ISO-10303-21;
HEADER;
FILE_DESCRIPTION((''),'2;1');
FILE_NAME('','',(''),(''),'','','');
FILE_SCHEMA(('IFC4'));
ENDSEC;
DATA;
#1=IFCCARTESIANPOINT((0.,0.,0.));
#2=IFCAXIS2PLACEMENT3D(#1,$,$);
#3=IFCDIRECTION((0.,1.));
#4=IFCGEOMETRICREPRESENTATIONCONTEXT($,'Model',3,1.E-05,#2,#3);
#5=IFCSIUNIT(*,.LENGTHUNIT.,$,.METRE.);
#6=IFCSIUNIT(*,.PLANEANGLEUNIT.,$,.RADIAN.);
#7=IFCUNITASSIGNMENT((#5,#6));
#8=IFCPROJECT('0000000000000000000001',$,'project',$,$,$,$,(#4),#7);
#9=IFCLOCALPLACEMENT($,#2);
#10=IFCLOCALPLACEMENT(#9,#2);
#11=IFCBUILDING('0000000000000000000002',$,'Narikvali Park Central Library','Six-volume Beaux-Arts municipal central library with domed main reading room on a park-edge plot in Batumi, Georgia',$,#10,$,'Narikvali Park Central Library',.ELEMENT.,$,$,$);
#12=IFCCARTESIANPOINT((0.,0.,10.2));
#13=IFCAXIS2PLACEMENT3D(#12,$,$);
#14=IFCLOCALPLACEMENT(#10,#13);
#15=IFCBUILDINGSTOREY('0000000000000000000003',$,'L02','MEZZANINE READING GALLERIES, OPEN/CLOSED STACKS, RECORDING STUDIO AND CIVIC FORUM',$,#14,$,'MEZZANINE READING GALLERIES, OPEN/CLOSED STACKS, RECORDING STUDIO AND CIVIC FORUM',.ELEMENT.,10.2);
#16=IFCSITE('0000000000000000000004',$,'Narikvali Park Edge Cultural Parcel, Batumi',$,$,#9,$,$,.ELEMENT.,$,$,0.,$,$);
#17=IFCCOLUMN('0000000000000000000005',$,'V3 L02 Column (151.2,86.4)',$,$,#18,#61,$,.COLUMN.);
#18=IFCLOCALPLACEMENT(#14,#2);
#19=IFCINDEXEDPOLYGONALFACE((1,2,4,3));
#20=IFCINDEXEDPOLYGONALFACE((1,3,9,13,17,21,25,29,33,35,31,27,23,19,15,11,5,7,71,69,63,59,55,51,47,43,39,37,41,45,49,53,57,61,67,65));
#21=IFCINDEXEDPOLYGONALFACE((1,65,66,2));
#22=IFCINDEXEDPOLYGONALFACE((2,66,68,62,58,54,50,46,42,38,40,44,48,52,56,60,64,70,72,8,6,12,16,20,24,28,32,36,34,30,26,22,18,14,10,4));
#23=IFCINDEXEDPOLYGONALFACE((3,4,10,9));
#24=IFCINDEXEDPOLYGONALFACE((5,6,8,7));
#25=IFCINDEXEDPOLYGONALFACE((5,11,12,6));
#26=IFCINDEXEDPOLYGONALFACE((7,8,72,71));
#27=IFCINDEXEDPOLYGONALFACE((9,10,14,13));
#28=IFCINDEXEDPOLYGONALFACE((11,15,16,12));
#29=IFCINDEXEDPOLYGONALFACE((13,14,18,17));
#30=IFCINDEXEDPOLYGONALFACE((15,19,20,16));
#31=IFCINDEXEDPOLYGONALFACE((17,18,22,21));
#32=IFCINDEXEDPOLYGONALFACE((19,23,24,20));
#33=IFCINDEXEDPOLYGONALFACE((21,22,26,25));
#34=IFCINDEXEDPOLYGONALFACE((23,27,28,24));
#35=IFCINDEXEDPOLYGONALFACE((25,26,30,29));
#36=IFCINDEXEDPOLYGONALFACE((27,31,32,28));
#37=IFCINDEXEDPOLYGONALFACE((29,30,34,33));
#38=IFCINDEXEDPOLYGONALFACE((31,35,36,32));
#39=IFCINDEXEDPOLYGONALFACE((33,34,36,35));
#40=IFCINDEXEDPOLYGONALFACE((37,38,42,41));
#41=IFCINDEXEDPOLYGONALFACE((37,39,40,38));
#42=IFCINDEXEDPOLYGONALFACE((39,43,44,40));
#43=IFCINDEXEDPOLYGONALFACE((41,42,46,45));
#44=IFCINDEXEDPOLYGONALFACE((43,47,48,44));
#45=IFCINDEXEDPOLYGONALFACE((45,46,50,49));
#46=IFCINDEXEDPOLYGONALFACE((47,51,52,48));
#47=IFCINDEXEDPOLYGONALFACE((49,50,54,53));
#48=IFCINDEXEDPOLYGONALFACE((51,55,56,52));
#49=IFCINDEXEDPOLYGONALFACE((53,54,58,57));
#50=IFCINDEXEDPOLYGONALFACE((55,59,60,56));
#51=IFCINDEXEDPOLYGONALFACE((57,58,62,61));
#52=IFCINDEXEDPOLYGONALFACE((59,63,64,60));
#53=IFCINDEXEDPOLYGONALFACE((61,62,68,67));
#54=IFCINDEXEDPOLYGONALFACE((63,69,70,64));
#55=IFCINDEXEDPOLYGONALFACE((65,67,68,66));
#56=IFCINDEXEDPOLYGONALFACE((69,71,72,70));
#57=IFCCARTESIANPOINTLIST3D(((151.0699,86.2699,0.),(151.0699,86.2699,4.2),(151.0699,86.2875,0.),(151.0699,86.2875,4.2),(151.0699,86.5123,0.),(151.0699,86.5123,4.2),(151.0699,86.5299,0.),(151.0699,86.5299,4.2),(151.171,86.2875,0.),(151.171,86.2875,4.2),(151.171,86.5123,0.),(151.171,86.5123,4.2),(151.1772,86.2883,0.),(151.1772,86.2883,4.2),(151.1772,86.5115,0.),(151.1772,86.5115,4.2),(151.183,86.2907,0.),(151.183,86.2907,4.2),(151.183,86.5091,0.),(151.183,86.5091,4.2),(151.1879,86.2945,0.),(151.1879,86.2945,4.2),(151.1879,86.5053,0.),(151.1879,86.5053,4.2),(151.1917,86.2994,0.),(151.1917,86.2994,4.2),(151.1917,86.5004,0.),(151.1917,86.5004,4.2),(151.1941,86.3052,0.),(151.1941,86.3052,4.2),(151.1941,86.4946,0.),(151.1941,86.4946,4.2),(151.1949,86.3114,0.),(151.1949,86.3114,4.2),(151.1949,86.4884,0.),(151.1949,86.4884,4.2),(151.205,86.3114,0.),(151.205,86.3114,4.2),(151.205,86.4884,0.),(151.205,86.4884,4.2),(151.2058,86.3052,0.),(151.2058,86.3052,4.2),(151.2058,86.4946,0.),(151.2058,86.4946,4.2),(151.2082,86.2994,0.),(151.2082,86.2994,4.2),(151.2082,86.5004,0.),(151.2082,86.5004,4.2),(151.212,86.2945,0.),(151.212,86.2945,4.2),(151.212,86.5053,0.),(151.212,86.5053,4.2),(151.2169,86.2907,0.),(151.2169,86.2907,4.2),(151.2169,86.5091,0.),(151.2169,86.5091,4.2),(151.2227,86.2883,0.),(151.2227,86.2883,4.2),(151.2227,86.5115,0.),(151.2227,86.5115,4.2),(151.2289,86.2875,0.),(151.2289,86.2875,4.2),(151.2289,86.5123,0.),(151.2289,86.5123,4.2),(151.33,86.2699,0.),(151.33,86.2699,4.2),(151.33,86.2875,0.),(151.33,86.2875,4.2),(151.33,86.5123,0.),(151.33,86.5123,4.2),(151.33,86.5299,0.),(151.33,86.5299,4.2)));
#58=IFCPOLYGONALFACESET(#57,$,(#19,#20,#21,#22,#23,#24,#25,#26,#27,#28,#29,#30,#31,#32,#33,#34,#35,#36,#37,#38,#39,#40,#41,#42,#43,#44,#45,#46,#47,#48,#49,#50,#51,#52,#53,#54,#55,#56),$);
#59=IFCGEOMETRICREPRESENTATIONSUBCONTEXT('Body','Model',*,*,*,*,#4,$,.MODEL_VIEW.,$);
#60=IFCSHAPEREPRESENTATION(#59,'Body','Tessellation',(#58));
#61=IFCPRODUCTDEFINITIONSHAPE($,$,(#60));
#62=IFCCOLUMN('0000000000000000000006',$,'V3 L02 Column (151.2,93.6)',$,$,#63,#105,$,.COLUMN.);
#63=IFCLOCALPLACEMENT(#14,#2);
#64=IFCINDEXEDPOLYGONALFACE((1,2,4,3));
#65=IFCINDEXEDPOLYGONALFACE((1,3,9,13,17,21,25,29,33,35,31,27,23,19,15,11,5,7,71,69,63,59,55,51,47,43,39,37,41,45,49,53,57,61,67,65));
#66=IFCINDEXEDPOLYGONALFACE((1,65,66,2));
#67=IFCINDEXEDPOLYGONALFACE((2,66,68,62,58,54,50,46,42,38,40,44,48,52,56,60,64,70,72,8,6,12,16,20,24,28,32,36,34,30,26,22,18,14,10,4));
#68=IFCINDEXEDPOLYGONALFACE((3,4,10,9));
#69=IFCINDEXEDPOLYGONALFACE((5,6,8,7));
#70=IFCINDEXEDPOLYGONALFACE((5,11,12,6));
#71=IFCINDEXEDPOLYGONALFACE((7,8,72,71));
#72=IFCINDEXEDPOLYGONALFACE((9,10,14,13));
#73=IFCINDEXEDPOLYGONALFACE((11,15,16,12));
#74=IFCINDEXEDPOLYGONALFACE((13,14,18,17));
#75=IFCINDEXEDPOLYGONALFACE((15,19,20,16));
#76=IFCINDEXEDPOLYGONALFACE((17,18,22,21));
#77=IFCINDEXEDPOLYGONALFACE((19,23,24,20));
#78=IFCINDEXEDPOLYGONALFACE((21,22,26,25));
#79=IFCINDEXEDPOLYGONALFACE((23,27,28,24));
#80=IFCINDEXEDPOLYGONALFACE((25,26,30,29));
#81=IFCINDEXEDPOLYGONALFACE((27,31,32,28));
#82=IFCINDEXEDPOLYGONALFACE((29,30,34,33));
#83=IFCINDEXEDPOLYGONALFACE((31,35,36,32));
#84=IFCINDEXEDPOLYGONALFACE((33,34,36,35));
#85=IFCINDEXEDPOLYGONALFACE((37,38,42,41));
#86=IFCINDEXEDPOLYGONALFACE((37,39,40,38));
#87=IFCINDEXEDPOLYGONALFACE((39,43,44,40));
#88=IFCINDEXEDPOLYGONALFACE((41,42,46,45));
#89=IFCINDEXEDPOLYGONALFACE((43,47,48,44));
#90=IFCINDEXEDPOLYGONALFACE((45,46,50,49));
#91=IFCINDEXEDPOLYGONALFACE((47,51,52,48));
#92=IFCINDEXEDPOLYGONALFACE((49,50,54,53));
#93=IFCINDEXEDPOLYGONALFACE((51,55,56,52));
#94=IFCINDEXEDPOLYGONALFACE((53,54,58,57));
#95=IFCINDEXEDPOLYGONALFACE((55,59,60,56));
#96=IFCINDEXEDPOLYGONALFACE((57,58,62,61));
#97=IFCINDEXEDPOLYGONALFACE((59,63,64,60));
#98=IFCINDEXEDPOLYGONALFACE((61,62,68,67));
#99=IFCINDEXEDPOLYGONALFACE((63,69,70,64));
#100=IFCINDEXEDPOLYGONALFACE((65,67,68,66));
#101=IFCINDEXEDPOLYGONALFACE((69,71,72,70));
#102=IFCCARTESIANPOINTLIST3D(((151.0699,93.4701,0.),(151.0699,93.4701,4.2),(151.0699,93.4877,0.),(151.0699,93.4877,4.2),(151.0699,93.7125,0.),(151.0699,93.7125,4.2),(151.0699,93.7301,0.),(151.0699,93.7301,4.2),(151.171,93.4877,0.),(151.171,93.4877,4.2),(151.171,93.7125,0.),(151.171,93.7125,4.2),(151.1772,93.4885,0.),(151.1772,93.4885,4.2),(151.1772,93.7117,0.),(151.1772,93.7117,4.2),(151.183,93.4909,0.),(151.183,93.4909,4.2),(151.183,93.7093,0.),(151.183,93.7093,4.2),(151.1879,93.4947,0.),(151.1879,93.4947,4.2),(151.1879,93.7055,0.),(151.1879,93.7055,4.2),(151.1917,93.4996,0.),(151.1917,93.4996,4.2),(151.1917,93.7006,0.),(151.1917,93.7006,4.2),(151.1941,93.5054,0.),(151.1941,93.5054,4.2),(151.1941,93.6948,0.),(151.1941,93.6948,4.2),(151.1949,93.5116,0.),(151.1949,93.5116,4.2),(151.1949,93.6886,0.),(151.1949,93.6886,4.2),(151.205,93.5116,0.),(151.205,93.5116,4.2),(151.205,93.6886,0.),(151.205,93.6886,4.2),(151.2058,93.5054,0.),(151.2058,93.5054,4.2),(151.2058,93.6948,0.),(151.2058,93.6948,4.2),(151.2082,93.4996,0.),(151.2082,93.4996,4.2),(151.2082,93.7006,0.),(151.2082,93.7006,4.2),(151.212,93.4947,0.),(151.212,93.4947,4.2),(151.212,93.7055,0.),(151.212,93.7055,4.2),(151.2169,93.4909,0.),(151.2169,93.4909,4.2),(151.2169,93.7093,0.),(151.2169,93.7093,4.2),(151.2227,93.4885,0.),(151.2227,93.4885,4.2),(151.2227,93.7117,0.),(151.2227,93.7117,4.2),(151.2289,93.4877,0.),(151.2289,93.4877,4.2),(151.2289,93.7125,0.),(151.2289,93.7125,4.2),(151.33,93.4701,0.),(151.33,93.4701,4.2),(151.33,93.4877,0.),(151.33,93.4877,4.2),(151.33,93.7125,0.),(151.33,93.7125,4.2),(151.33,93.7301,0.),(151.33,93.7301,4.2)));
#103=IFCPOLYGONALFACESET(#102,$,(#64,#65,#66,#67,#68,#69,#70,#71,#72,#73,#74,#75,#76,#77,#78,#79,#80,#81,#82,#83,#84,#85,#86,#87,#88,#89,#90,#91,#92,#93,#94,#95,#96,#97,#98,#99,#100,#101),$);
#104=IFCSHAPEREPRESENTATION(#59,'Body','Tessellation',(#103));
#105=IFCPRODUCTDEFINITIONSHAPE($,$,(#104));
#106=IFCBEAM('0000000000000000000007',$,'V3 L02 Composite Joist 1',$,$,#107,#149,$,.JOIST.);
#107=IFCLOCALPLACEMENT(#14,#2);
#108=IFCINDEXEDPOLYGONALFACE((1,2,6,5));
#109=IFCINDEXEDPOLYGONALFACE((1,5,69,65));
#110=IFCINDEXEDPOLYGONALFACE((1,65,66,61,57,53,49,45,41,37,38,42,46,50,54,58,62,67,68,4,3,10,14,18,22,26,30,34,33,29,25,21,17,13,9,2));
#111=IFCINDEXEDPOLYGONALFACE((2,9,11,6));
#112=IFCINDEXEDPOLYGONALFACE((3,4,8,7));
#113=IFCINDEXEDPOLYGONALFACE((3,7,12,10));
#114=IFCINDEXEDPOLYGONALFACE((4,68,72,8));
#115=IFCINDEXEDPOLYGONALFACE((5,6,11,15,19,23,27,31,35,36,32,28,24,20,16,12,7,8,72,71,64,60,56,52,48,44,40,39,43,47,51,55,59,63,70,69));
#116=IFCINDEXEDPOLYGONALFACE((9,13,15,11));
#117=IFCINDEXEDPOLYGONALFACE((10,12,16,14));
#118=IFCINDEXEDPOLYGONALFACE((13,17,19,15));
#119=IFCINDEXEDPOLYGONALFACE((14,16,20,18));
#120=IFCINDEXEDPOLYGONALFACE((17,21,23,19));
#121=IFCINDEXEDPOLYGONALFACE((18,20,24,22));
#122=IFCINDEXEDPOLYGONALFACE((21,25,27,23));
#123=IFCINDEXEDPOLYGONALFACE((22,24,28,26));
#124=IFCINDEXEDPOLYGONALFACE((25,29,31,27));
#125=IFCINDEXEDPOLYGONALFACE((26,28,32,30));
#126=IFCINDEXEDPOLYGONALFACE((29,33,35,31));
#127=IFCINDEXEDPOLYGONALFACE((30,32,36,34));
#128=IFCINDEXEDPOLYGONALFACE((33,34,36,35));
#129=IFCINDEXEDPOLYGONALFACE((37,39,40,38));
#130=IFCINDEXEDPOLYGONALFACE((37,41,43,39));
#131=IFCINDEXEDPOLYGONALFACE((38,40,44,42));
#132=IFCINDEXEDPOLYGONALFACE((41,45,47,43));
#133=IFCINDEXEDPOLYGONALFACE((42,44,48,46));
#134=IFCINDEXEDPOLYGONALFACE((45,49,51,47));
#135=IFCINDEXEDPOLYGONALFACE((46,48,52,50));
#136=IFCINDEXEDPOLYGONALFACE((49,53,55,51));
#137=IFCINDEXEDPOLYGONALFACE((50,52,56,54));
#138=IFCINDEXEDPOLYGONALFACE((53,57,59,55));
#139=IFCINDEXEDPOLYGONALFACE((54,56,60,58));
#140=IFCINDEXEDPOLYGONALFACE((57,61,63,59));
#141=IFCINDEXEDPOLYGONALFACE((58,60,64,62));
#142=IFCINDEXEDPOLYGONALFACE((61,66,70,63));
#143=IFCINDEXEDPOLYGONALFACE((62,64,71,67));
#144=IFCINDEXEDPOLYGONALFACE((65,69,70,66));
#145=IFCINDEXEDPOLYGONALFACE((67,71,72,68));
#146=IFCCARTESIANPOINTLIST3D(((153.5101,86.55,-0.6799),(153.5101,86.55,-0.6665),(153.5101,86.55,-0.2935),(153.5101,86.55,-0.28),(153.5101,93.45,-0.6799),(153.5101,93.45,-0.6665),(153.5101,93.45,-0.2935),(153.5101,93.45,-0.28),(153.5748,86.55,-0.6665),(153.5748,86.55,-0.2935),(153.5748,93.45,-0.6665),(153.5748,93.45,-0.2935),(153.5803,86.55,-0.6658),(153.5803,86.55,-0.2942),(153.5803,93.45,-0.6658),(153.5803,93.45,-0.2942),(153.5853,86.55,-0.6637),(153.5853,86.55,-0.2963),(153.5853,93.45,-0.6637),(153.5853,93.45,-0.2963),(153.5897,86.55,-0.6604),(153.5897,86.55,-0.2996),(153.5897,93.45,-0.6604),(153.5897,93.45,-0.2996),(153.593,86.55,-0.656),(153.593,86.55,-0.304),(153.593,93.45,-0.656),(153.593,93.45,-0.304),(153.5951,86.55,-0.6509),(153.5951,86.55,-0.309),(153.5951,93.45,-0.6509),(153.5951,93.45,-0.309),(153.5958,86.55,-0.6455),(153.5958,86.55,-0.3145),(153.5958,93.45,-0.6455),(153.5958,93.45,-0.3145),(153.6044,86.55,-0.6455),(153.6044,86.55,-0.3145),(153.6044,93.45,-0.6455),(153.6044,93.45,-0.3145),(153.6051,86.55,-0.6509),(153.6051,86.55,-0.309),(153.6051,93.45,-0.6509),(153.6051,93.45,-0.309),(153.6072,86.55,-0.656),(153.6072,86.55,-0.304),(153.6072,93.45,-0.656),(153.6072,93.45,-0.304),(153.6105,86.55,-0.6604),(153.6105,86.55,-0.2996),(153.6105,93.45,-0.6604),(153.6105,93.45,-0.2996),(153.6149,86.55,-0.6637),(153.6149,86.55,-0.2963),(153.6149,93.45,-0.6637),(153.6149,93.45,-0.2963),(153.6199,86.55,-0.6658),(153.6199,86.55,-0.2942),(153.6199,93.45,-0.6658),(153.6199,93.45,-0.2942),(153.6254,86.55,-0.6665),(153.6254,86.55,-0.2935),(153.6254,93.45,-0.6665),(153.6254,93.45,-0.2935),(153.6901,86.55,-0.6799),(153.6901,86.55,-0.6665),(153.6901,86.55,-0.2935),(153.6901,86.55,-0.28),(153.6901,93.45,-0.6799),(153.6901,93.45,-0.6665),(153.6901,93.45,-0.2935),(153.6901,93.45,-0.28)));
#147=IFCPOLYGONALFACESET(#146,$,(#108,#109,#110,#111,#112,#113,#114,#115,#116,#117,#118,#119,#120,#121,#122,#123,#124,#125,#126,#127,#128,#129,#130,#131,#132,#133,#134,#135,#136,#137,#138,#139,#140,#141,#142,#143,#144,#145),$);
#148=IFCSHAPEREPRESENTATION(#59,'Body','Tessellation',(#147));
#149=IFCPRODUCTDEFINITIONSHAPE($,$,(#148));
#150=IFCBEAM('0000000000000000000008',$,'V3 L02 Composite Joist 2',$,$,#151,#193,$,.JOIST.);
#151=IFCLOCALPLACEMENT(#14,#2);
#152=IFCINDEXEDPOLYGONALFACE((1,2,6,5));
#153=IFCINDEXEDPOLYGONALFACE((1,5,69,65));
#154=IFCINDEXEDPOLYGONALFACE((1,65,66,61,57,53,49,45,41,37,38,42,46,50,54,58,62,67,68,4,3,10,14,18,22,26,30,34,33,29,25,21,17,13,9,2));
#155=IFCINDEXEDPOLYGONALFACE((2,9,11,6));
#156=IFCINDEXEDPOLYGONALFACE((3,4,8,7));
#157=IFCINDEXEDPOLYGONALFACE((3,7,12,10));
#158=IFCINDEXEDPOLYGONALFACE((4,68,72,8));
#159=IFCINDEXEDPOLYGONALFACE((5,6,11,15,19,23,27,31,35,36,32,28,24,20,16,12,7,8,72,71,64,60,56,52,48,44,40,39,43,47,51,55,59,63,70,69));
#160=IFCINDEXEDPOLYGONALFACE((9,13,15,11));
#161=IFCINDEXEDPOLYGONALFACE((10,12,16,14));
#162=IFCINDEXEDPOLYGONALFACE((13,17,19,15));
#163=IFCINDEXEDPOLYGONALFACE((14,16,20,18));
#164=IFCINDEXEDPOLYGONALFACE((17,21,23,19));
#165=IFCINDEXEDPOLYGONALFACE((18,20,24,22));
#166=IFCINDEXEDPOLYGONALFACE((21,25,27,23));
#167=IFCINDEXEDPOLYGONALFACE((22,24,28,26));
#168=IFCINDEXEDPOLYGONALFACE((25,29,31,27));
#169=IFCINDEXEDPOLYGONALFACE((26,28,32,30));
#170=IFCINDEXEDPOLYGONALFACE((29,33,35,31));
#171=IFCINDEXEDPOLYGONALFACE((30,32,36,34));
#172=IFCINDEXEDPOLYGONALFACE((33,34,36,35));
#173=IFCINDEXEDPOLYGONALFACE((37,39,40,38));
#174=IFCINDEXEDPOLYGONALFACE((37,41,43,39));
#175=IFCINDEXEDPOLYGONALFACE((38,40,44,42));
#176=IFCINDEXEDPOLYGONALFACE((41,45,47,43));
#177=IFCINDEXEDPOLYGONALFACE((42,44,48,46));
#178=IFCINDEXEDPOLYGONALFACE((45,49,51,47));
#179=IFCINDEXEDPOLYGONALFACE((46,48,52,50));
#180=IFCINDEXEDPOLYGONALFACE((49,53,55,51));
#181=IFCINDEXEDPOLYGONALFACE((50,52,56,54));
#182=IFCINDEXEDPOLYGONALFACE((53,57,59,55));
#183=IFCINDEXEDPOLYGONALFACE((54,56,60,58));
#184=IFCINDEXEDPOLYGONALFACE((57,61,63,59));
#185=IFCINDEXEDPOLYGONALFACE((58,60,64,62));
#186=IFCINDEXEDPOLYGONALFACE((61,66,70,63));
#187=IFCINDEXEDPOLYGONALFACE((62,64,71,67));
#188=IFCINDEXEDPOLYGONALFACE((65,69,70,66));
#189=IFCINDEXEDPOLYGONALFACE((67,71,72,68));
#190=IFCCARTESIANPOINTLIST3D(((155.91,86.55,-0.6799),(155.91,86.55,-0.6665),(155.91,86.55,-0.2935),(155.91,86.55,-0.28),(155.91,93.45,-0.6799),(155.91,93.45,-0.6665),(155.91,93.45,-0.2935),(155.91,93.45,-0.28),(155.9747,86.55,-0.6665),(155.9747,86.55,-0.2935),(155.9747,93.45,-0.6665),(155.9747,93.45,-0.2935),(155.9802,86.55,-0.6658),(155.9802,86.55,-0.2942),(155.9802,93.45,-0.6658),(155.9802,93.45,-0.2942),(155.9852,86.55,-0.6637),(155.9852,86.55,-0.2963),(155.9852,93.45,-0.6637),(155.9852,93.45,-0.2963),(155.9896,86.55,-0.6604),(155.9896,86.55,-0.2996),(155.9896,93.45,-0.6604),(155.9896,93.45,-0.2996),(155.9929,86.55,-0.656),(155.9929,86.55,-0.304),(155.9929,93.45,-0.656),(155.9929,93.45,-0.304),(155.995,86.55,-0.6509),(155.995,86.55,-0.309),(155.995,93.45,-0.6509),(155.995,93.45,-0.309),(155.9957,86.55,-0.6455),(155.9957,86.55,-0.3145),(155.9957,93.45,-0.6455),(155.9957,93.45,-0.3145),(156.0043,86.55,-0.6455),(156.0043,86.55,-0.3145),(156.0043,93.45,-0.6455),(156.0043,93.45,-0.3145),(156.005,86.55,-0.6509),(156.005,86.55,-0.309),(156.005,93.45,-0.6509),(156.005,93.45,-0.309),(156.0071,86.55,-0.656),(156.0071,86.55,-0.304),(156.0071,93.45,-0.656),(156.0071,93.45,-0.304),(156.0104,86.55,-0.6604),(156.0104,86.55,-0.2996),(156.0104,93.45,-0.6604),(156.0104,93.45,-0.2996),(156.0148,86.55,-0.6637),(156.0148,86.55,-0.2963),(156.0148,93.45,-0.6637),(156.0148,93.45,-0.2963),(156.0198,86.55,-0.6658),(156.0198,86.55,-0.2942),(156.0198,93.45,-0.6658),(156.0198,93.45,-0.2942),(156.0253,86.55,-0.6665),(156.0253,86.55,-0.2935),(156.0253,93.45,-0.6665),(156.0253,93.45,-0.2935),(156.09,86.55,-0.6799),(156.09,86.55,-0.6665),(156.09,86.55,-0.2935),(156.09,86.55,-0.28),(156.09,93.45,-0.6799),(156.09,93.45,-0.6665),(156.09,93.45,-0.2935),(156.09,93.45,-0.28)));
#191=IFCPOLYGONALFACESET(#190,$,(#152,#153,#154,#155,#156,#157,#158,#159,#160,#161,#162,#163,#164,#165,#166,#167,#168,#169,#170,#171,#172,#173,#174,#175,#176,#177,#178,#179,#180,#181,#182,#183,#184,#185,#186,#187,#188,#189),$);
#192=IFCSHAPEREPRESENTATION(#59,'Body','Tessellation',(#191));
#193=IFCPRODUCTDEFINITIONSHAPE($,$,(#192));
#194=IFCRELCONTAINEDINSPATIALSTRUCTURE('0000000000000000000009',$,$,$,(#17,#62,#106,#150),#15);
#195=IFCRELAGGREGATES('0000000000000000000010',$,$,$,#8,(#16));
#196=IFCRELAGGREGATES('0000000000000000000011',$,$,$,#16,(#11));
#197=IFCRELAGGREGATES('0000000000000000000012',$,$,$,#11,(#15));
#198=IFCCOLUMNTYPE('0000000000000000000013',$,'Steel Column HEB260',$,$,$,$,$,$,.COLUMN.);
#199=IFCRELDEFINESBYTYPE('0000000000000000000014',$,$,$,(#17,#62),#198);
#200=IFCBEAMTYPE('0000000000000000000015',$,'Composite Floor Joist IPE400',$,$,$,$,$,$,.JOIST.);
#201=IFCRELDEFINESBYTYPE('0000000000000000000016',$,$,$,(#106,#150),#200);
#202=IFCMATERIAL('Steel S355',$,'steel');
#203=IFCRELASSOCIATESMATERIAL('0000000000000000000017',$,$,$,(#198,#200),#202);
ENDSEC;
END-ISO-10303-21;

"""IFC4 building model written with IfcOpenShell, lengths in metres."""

from ifc_helpers import new_model, si_unit, direction, frame, origin, origin_2d, place, context, subcontext, project, spatial, i_section, extrude, material, material_profile, profile_set, type_object, element, save


model = new_model("IFC4")

# Units and contexts
model_context = context("Model", 3, precision=1e-05, world=origin(), true_north=direction((0.0, 1.0)))
body_context = subcontext(model_context, "Body", "Model", "MODEL_VIEW")
ifc_project = project(units=[si_unit("LENGTHUNIT", "METRE"), si_unit("PLANEANGLEUNIT", "RADIAN")], contexts=[model_context])

# Site, building, storey
site_placement = place(None, origin())
site = spatial("IfcSite", under=ifc_project, at=site_placement, Name="Narikvali Park Edge Cultural Parcel, Batumi", CompositionType="ELEMENT", RefElevation=0.0)
building_placement = place(site_placement, origin())
building = spatial("IfcBuilding", under=site, at=building_placement, Name="Narikvali Park Central Library", Description="Six-volume Beaux-Arts municipal central library with domed main reading room on a park-edge plot in Batumi, Georgia", LongName="Narikvali Park Central Library", CompositionType="ELEMENT")
storey_placement = place(building_placement, frame((0.0, 0.0, 10.2)))
storey = spatial("IfcBuildingStorey", under=building, at=storey_placement, Name="L02", Description="MEZZANINE READING GALLERIES, OPEN/CLOSED STACKS, RECORDING STUDIO AND CIVIC FORUM", LongName="MEZZANINE READING GALLERIES, OPEN/CLOSED STACKS, RECORDING STUDIO AND CIVIC FORUM", CompositionType="ELEMENT", Elevation=10.2)

# Columns
ifc_material_1 = material(Name="Steel S355", Category="steel")
ifc_material_profile_1 = material_profile(ifc_material_1, i_section(OverallWidth=0.26, OverallDepth=0.26, WebThickness=0.01, FlangeThickness=0.0176, FilletRadius=0.0239, at=origin_2d()), Name="HEB 260")
ifc_profile_set_1 = profile_set([ifc_material_profile_1], Name="Steel S355")
column_type = type_object("IfcColumnType", Name="Steel Column HEB260", PredefinedType="COLUMN", material=ifc_profile_set_1)
for number, where, z_axis, x_axis, name in (
    (1, (151.2, 86.3999, 0.0), (0.0, 0.0, 1.0), (1.0, 0.0, 0.0), "V3 L02 Column (151.2,86.4)"),
    (2, (151.2, 93.6001, 0.0), (0.0, 0.0, 1.0), (1.0, 0.0, 0.0), "V3 L02 Column (151.2,93.6)"),
):
    element("IfcColumn", number, at=place(storey_placement, frame(where, z_axis=z_axis, x_axis=x_axis)), inside=storey, type_object=column_type, Name=name, PredefinedType="COLUMN", context=body_context, shape_type="SweptSolid", body=[
        extrude(i_section(OverallWidth=0.26, OverallDepth=0.26, WebThickness=0.01, FlangeThickness=0.0176, FilletRadius=0.0239, at=origin_2d()), origin(), (0.0, 0.0, 1.0), 4.2),
    ])

# Beams
ifc_material_profile_2 = material_profile(ifc_material_1, i_section(OverallWidth=0.1799, OverallDepth=0.3999, WebThickness=0.0085, FlangeThickness=0.0134, FilletRadius=0.021, at=origin_2d()), Name="IPE 400")
ifc_profile_set_2 = profile_set([ifc_material_profile_2], Name="Steel S355")
beam_type_1 = type_object("IfcBeamType", Name="Composite Floor Joist IPE400", PredefinedType="JOIST", material=ifc_profile_set_2)
for number, where, z_axis, x_axis, name in (
    (3, (153.6001, 86.55, -0.48), (0.0, 1.0, 0.0), (-1.0, 0.0, 0.0), "V3 L02 Composite Joist 1"),
    (4, (156.0, 86.55, -0.48), (0.0, 1.0, 0.0), (-1.0, 0.0, 0.0), "V3 L02 Composite Joist 2"),
):
    element("IfcBeam", number, at=place(storey_placement, frame(where, z_axis=z_axis, x_axis=x_axis)), inside=storey, type_object=beam_type_1, Name=name, PredefinedType="JOIST", context=body_context, shape_type="SweptSolid", body=[
        extrude(i_section(OverallWidth=0.1799, OverallDepth=0.3999, WebThickness=0.0085, FlangeThickness=0.0134, FilletRadius=0.021, at=origin_2d()), origin(), (0.0, 0.0, 1.0), 6.8999),
    ])

save(model, "model.ifc")
